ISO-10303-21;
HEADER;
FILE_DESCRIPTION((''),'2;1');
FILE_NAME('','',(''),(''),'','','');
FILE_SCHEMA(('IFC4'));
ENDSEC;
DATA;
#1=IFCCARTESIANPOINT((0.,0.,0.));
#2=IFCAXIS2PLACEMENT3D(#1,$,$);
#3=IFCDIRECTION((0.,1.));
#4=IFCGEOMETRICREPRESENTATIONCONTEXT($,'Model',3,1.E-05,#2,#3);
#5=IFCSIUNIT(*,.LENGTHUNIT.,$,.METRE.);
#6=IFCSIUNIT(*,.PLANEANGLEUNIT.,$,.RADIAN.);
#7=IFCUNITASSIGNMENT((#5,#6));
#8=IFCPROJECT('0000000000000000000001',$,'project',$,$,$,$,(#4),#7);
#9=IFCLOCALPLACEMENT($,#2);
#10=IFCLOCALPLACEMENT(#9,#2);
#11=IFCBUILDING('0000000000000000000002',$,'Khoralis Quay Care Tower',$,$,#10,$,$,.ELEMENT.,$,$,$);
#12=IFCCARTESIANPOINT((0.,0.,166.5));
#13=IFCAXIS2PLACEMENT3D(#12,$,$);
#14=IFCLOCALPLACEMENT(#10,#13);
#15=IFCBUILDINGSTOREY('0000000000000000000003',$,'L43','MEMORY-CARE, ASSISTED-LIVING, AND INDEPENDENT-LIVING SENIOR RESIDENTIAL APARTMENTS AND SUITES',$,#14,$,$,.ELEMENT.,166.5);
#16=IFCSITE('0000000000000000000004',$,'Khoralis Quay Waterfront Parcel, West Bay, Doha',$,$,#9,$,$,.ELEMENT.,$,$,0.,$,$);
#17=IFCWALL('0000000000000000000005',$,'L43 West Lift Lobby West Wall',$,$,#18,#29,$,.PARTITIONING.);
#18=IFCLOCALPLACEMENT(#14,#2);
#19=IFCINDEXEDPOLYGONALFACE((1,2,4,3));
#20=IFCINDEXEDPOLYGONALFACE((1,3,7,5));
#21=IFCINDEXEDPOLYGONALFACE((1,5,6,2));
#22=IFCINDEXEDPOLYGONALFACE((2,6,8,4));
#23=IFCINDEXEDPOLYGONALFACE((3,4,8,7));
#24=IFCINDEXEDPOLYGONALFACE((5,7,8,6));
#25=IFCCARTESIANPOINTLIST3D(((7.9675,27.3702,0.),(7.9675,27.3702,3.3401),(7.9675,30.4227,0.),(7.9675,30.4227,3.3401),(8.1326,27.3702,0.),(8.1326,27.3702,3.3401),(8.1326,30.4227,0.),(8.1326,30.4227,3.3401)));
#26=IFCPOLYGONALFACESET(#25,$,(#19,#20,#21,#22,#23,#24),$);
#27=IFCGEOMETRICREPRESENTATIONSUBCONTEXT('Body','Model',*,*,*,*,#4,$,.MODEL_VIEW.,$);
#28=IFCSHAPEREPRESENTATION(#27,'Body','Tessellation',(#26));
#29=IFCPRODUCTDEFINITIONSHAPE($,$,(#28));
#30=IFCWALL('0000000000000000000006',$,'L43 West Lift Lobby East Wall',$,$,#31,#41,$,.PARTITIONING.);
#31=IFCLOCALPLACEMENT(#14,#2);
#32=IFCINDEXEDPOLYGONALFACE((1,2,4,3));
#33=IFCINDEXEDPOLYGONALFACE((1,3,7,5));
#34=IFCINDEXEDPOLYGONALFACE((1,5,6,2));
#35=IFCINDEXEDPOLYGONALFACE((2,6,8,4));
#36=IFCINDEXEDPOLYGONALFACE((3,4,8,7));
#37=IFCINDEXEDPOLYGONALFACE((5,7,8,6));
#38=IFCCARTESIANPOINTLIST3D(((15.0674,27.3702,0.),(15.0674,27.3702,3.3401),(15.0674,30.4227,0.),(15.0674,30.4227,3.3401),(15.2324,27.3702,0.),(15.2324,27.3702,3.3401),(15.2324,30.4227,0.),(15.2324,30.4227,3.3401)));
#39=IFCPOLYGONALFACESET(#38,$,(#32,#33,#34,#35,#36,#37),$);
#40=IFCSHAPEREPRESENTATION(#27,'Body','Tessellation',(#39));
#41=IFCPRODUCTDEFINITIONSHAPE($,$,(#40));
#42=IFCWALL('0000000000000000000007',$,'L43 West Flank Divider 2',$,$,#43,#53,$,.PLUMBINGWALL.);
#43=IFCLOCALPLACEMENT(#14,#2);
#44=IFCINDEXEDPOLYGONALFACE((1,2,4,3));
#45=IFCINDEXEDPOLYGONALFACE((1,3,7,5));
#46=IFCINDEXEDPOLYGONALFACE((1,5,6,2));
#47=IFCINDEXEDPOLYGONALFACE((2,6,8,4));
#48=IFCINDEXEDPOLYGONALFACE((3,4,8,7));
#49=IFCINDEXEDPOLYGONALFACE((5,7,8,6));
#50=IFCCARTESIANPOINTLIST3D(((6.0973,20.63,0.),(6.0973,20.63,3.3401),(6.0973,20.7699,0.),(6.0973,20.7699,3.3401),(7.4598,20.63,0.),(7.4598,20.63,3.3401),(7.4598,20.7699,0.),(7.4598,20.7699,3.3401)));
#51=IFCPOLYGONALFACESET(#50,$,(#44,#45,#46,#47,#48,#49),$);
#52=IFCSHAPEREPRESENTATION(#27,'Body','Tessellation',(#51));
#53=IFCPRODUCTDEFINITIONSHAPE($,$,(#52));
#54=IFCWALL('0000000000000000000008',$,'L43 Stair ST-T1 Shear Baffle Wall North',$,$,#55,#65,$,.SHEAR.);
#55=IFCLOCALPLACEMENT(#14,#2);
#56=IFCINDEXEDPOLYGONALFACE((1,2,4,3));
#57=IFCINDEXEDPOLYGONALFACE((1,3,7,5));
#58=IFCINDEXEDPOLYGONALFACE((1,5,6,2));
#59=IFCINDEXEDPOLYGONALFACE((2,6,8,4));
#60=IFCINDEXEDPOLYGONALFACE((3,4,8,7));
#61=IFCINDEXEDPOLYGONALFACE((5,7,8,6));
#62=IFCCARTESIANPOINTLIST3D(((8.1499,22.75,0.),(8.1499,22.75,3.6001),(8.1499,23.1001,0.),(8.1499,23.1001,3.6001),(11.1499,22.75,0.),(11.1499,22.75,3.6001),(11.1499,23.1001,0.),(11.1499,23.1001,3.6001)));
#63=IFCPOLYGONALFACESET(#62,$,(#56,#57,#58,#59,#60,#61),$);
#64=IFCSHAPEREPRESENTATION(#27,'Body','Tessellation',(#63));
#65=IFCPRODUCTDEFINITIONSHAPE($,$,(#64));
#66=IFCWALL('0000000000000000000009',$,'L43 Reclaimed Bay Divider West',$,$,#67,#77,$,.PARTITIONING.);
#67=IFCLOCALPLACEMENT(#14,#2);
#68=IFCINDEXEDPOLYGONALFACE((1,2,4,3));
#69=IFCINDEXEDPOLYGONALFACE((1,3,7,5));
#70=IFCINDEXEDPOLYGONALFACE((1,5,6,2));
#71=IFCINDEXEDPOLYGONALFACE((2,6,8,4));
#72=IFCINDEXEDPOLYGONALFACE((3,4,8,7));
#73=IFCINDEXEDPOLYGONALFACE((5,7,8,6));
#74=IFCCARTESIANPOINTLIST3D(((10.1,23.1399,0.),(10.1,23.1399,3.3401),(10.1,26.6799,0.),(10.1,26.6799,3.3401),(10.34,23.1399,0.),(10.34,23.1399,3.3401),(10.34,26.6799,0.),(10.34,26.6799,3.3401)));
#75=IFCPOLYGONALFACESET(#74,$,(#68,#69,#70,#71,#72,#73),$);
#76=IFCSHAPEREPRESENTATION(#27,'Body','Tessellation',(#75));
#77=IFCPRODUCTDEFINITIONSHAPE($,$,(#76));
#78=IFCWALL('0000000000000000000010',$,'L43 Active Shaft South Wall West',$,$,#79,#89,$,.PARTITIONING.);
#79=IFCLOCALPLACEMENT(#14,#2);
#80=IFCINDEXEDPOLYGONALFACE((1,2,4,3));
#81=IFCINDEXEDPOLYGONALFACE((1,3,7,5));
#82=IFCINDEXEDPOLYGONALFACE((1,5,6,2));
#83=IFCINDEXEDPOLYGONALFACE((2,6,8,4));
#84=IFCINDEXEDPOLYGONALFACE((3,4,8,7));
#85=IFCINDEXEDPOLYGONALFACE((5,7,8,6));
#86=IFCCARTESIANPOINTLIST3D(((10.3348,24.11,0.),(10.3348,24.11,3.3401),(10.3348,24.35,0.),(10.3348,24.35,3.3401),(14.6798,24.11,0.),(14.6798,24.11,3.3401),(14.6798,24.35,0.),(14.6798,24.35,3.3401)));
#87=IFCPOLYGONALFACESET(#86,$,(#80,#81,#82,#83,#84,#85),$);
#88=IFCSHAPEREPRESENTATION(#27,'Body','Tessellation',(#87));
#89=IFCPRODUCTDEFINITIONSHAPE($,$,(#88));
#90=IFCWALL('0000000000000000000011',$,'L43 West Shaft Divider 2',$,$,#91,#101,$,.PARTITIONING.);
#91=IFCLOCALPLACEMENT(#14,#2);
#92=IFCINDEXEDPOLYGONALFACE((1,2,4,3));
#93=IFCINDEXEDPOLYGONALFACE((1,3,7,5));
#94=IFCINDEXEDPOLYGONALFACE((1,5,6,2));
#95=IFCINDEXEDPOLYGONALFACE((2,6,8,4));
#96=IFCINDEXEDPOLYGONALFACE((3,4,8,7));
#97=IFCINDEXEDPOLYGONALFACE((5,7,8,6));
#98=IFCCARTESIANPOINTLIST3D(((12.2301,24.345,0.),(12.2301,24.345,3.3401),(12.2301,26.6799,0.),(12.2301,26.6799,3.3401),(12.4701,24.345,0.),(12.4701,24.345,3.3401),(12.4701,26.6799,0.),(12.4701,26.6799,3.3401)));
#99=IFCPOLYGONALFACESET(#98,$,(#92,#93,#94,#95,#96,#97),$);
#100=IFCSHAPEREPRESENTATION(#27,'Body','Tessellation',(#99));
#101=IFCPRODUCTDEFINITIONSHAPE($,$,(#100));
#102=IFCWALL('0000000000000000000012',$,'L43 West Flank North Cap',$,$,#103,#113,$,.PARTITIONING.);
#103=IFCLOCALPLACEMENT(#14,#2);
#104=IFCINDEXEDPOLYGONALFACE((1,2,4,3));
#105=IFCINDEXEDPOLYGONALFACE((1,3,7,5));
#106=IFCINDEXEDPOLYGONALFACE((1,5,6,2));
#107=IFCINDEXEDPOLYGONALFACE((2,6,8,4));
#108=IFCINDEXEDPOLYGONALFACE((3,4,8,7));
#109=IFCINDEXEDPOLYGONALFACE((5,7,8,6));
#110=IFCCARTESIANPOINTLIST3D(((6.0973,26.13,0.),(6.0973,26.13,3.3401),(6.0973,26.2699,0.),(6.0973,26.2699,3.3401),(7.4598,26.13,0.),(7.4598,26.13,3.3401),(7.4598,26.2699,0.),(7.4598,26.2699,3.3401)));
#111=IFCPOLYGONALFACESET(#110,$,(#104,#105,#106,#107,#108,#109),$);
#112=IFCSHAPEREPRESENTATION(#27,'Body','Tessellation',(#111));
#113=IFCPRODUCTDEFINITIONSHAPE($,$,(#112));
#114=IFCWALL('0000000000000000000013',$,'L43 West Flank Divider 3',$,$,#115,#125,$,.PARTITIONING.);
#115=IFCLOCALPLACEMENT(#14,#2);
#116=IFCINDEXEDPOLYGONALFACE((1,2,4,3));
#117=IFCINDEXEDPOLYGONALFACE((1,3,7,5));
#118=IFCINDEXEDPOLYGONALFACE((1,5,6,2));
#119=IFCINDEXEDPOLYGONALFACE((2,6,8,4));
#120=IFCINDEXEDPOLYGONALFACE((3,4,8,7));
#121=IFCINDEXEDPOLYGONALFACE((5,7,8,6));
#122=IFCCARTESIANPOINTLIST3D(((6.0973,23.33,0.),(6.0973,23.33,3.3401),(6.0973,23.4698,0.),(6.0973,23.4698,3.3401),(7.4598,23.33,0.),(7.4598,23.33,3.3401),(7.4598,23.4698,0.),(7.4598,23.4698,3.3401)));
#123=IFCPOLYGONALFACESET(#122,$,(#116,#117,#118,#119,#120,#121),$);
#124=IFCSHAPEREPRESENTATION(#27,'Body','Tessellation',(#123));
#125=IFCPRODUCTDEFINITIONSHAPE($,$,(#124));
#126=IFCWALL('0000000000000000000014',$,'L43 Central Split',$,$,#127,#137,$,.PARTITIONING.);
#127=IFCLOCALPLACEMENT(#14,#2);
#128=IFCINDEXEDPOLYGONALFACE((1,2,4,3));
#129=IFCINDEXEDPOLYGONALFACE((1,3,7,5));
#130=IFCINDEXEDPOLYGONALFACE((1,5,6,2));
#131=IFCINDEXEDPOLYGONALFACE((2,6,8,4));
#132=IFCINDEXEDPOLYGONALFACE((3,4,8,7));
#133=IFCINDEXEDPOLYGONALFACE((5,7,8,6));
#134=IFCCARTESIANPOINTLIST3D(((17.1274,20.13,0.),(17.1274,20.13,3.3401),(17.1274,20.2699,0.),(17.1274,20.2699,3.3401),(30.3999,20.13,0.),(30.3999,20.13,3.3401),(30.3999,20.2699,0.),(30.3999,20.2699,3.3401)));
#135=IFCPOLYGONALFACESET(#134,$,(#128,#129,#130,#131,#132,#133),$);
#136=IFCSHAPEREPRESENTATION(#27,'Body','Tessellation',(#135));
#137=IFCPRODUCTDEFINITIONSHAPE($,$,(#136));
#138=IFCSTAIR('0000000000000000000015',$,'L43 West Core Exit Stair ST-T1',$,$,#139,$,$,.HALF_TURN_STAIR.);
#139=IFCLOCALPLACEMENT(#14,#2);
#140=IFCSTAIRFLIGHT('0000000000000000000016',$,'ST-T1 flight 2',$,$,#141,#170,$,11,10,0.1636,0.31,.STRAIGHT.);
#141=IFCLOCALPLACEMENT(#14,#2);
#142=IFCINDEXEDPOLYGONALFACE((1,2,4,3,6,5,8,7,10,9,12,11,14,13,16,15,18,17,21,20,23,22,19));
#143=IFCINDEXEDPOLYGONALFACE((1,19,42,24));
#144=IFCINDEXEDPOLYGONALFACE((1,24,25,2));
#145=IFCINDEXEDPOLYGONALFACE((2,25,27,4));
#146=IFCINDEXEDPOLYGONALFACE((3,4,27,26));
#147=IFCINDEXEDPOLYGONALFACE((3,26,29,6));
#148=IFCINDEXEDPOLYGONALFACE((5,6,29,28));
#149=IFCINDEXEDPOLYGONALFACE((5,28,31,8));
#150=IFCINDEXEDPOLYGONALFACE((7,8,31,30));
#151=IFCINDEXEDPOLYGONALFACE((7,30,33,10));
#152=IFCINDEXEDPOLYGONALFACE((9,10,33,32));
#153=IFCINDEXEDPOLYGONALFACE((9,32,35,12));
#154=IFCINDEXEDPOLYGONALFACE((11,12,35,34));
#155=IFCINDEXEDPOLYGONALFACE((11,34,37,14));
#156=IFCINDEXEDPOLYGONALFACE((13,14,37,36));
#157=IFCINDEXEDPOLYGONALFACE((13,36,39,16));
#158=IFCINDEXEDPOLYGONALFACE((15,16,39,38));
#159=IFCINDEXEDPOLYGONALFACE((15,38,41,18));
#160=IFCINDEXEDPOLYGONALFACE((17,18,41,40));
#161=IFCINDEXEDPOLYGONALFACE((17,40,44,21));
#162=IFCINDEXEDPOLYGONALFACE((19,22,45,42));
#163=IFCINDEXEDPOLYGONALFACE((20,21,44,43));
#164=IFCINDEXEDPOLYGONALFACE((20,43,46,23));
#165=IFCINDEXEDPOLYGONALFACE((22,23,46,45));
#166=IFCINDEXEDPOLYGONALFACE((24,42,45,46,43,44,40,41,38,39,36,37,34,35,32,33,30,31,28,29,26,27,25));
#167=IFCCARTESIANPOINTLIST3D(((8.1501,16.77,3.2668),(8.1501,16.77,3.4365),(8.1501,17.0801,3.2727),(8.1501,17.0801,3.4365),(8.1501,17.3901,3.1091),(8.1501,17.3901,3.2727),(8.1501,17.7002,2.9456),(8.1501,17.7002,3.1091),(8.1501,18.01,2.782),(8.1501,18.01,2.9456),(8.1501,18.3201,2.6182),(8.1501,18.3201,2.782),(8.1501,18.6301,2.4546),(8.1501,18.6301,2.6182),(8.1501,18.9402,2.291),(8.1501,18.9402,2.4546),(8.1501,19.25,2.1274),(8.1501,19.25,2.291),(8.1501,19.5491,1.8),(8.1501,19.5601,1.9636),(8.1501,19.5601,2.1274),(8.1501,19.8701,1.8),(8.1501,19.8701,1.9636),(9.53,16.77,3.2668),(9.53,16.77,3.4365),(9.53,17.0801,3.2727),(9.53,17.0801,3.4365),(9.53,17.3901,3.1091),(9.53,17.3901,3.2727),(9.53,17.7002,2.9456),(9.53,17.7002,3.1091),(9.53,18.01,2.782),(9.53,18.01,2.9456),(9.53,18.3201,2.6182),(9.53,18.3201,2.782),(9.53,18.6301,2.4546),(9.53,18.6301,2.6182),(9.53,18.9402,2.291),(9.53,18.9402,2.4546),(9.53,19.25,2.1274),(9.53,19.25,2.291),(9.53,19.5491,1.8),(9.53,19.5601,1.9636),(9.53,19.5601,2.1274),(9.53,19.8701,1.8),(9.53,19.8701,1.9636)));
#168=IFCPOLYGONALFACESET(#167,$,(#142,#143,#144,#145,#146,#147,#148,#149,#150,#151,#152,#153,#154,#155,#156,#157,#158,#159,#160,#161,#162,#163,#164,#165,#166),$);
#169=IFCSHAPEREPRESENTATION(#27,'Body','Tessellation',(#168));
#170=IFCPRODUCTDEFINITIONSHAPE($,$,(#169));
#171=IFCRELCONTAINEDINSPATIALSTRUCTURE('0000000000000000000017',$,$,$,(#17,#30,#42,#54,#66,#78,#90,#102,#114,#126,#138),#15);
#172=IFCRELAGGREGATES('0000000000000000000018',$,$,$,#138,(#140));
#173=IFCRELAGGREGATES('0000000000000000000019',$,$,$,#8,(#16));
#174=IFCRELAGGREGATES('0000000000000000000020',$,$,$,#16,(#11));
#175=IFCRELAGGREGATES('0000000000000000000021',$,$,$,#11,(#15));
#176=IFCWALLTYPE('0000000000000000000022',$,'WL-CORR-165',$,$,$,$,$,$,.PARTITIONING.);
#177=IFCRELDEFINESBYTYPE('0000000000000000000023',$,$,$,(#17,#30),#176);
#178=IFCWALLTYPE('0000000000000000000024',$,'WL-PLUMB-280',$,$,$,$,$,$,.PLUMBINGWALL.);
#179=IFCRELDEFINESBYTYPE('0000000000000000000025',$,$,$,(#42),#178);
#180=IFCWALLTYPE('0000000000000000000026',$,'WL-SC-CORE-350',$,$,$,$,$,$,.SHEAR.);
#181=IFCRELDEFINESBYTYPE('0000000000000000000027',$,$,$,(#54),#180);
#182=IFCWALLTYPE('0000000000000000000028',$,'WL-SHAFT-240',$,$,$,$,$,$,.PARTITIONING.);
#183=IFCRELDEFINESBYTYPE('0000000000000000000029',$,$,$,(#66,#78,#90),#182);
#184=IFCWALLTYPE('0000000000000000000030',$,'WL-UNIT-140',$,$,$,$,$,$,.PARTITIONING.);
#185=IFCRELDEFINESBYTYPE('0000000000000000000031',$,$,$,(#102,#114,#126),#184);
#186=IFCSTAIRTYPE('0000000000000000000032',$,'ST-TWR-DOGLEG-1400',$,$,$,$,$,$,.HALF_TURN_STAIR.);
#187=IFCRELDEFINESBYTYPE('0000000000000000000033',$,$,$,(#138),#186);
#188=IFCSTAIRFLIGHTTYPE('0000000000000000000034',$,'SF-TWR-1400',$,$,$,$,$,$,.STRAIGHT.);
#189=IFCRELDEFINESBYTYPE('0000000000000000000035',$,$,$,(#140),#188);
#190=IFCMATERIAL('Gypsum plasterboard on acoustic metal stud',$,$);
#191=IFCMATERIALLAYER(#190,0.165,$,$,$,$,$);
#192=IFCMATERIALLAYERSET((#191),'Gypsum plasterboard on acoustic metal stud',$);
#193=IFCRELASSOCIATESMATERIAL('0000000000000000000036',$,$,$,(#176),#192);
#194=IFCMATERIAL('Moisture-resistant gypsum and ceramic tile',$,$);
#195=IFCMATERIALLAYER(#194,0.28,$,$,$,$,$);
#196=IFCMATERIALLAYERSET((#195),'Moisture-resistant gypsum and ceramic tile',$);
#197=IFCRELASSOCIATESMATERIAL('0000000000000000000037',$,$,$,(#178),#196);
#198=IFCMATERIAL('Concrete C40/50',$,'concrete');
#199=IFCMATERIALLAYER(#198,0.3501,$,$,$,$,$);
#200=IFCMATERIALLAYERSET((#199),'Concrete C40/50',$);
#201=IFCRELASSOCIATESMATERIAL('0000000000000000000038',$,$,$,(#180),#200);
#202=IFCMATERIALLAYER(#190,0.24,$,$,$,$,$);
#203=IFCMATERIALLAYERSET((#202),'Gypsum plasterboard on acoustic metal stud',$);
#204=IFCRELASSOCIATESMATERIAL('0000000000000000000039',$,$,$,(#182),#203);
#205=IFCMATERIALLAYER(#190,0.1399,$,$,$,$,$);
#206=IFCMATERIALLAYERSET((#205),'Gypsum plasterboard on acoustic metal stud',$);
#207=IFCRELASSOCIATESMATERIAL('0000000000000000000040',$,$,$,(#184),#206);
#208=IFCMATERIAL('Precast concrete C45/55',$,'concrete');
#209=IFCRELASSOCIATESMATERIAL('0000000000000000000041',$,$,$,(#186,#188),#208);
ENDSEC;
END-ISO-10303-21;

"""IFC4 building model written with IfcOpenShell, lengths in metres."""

from ifc_helpers import new_model, si_unit, direction, frame, frame_2d, origin, place, context, subcontext, project, spatial, polyline, rectangle, outline, extrude, source, transform, mapped, material, layer, layer_set, type_object, element, aggregate, save


model = new_model("IFC4")

# Units and contexts
model_context = context("Model", 3, precision=1e-05, world=origin(), true_north=direction((0.0, 1.0)))
body_context = subcontext(model_context, "Body", "Model", "MODEL_VIEW")
ifc_project = project(units=[si_unit("LENGTHUNIT", "METRE"), si_unit("PLANEANGLEUNIT", "RADIAN")], contexts=[model_context])

# Site, building, storey
site_placement = place(None, origin())
site = spatial("IfcSite", under=ifc_project, at=site_placement, Name="Khoralis Quay Waterfront Parcel, West Bay, Doha", CompositionType="ELEMENT", RefElevation=0.0)
building_placement = place(site_placement, origin())
building = spatial("IfcBuilding", under=site, at=building_placement, Name="Khoralis Quay Care Tower", CompositionType="ELEMENT")
storey_placement = place(building_placement, frame((0.0, 0.0, 166.5)))
storey = spatial("IfcBuildingStorey", under=building, at=storey_placement, Name="L43", Description="MEMORY-CARE, ASSISTED-LIVING, AND INDEPENDENT-LIVING SENIOR RESIDENTIAL APARTMENTS AND SUITES", CompositionType="ELEMENT", Elevation=166.5)

# Walls
ifc_material_1 = material(Name="Gypsum plasterboard on acoustic metal stud")
ifc_layer_1 = layer(ifc_material_1, 0.165)
ifc_layer_set_1 = layer_set([ifc_layer_1], Name="Gypsum plasterboard on acoustic metal stud")
wall_type_1 = type_object("IfcWallType", Name="WL-CORR-165", PredefinedType="PARTITIONING", material=ifc_layer_set_1)
for number, where, z_axis, x_axis, name in (
    (1, (8.05, 27.3701, 0.0), (0.0, 0.0, 1.0), (0.0, 1.0, 0.0), "L43 West Lift Lobby West Wall"),
    (2, (15.1499, 27.3701, 0.0), (0.0, 0.0, 1.0), (0.0, 1.0, 0.0), "L43 West Lift Lobby East Wall"),
):
    element("IfcWall", number, at=place(storey_placement, frame(where, z_axis=z_axis, x_axis=x_axis)), inside=storey, type_object=wall_type_1, Name=name, PredefinedType="PARTITIONING", context=body_context, shape_type="SweptSolid", body=[
        extrude(rectangle(XDim=3.0525, YDim=0.165, at=frame_2d((1.5264, 0.0))), origin(), (0.0, 0.0, 1.0), 3.3401),
    ])
ifc_material_2 = material(Name="Moisture-resistant gypsum and ceramic tile")
ifc_layer_2 = layer(ifc_material_2, 0.28)
ifc_layer_set_2 = layer_set([ifc_layer_2], Name="Moisture-resistant gypsum and ceramic tile")
wall_type_2 = type_object("IfcWallType", Name="WL-PLUMB-280", PredefinedType="PLUMBINGWALL", material=ifc_layer_set_2)
wall_1_placement = place(storey_placement, frame((6.0974, 20.7, 0.0), z_axis=(0.0, 0.0, 1.0), x_axis=(1.0, 0.0, 0.0)))
element("IfcWall", 3, at=wall_1_placement, inside=storey, type_object=wall_type_2, Name="L43 West Flank Divider 2", PredefinedType="PLUMBINGWALL", context=body_context, shape_type="SweptSolid", body=[
    extrude(rectangle(XDim=1.3625, YDim=0.1399, at=frame_2d((0.6812, 0.0))), origin(), (0.0, 0.0, 1.0), 3.3401),
])
ifc_material_3 = material(Name="Concrete C40/50", Category="concrete")
ifc_layer_3 = layer(ifc_material_3, 0.3501)
ifc_layer_set_3 = layer_set([ifc_layer_3], Name="Concrete C40/50")
wall_type_3 = type_object("IfcWallType", Name="WL-SC-CORE-350", PredefinedType="SHEAR", material=ifc_layer_set_3)
wall_2_placement = place(storey_placement, frame((8.1499, 22.925, 0.0), z_axis=(0.0, 0.0, 1.0), x_axis=(1.0, 0.0, 0.0)))
element("IfcWall", 4, at=wall_2_placement, inside=storey, type_object=wall_type_3, Name="L43 Stair ST-T1 Shear Baffle Wall North", PredefinedType="SHEAR", context=body_context, shape_type="SweptSolid", body=[
    extrude(rectangle(XDim=3.0, YDim=0.3501, at=frame_2d((1.5, 0.0))), origin(), (0.0, 0.0, 1.0), 3.6001),
])
ifc_layer_4 = layer(ifc_material_1, 0.24)
ifc_layer_set_4 = layer_set([ifc_layer_4], Name="Gypsum plasterboard on acoustic metal stud")
wall_type_4 = type_object("IfcWallType", Name="WL-SHAFT-240", PredefinedType="PARTITIONING", material=ifc_layer_set_4)
wall_3_placement = place(storey_placement, frame((10.22, 23.1399, 0.0), z_axis=(0.0, 0.0, 1.0), x_axis=(0.0, 1.0, 0.0)))
element("IfcWall", 5, at=wall_3_placement, inside=storey, type_object=wall_type_4, Name="L43 Reclaimed Bay Divider West", PredefinedType="PARTITIONING", context=body_context, shape_type="SweptSolid", body=[
    extrude(rectangle(XDim=3.54, YDim=0.24, at=frame_2d((1.77, 0.0))), origin(), (0.0, 0.0, 1.0), 3.3401),
])
wall_4_placement = place(storey_placement, frame((10.335, 24.23, 0.0), z_axis=(0.0, 0.0, 1.0), x_axis=(1.0, 0.0, 0.0)))
element("IfcWall", 6, at=wall_4_placement, inside=storey, type_object=wall_type_4, Name="L43 Active Shaft South Wall West", PredefinedType="PARTITIONING", context=body_context, shape_type="SweptSolid", body=[
    extrude(rectangle(XDim=4.345, YDim=0.24, at=frame_2d((2.1724, 0.0))), origin(), (0.0, 0.0, 1.0), 3.3401),
])
wall_5_placement = place(storey_placement, frame((12.3501, 24.345, 0.0), z_axis=(0.0, 0.0, 1.0), x_axis=(0.0, 1.0, 0.0)))
element("IfcWall", 7, at=wall_5_placement, inside=storey, type_object=wall_type_4, Name="L43 West Shaft Divider 2", PredefinedType="PARTITIONING", context=body_context, shape_type="SweptSolid", body=[
    extrude(rectangle(XDim=2.335, YDim=0.24, at=frame_2d((1.1675, 0.0))), origin(), (0.0, 0.0, 1.0), 3.3401),
])
ifc_layer_5 = layer(ifc_material_1, 0.1399)
ifc_layer_set_5 = layer_set([ifc_layer_5], Name="Gypsum plasterboard on acoustic metal stud")
wall_type_5 = type_object("IfcWallType", Name="WL-UNIT-140", PredefinedType="PARTITIONING", material=ifc_layer_set_5)
for number, where, z_axis, x_axis, name in (
    (8, (6.0974, 26.2, 0.0), (0.0, 0.0, 1.0), (1.0, 0.0, 0.0), "L43 West Flank North Cap"),
    (9, (6.0974, 23.3999, 0.0), (0.0, 0.0, 1.0), (1.0, 0.0, 0.0), "L43 West Flank Divider 3"),
):
    element("IfcWall", number, at=place(storey_placement, frame(where, z_axis=z_axis, x_axis=x_axis)), inside=storey, type_object=wall_type_5, Name=name, PredefinedType="PARTITIONING", context=body_context, shape_type="SweptSolid", body=[
        extrude(rectangle(XDim=1.3625, YDim=0.1399, at=frame_2d((0.6812, 0.0))), origin(), (0.0, 0.0, 1.0), 3.3401),
    ])
wall_6_placement = place(storey_placement, frame((17.1274, 20.2, 0.0), z_axis=(0.0, 0.0, 1.0), x_axis=(1.0, 0.0, 0.0)))
element("IfcWall", 10, at=wall_6_placement, inside=storey, type_object=wall_type_5, Name="L43 Central Split", PredefinedType="PARTITIONING", context=body_context, shape_type="SweptSolid", body=[
    extrude(rectangle(XDim=13.2725, YDim=0.1399, at=frame_2d((6.6362, 0.0))), origin(), (0.0, 0.0, 1.0), 3.3401),
])

# Stair, stair flight
ifc_material_4 = material(Name="Precast concrete C45/55", Category="concrete")
stair_type = type_object("IfcStairType", Name="ST-TWR-DOGLEG-1400", PredefinedType="HALF_TURN_STAIR", material=ifc_material_4)
stair_placement = place(storey_placement, origin())
stair = element("IfcStair", 11, at=stair_placement, inside=storey, type_object=stair_type, Name="L43 West Core Exit Stair ST-T1", PredefinedType="HALF_TURN_STAIR")
stair_flight_type = type_object("IfcStairFlightType", Name="SF-TWR-1400", PredefinedType="STRAIGHT", material=ifc_material_4)
shared_shape_1 = source(origin(), body_context, "Body", "SweptSolid", [
    extrude(outline(polyline([(0.0, 0.0), (0.0, 0.1636), (0.3101, 0.1636), (0.3101, 0.3274), (0.6201, 0.3274), (0.6201, 0.491), (0.9299, 0.491), (0.9299, 0.6545), (1.24, 0.6545), (1.24, 0.8181), (1.55, 0.8181), (1.55, 0.9819), (1.8601, 0.9819), (1.8601, 1.1455), (2.1699, 1.1455), (2.1699, 1.3091), (2.48, 1.3091), (2.48, 1.4727), (2.79, 1.4727), (2.79, 1.6365), (3.1001, 1.6365), (3.1001, 1.8), (3.1001, 1.4668), (0.321, 0.0), (0.0, 0.0)])), frame((0.0, 0.6899, 0.0), z_axis=(0.0, -1.0, 0.0), x_axis=(1.0, 0.0, 0.0)), (0.0, 0.0, 1.0), 1.3799),
])
stair_flight_placement = place(storey_placement, frame((8.8401, 19.8701, 1.8), z_axis=(0.0, 0.0, 1.0), x_axis=(0.0, -1.0, 0.0)))
stair_flight = element("IfcStairFlight", 12, at=stair_flight_placement, type_object=stair_flight_type, Name="ST-T1 flight 2", NumberOfRisers=11, NumberOfTreads=10, PredefinedType="STRAIGHT", RiserHeight=0.1636, TreadLength=0.31, context=body_context, shape_type="MappedRepresentation", body=[
    mapped(shared_shape_1, transform((0.0, 0.0, 0.0), scale=1.0)),
])
aggregate(stair, [stair_flight])

save(model, "model.ifc")
